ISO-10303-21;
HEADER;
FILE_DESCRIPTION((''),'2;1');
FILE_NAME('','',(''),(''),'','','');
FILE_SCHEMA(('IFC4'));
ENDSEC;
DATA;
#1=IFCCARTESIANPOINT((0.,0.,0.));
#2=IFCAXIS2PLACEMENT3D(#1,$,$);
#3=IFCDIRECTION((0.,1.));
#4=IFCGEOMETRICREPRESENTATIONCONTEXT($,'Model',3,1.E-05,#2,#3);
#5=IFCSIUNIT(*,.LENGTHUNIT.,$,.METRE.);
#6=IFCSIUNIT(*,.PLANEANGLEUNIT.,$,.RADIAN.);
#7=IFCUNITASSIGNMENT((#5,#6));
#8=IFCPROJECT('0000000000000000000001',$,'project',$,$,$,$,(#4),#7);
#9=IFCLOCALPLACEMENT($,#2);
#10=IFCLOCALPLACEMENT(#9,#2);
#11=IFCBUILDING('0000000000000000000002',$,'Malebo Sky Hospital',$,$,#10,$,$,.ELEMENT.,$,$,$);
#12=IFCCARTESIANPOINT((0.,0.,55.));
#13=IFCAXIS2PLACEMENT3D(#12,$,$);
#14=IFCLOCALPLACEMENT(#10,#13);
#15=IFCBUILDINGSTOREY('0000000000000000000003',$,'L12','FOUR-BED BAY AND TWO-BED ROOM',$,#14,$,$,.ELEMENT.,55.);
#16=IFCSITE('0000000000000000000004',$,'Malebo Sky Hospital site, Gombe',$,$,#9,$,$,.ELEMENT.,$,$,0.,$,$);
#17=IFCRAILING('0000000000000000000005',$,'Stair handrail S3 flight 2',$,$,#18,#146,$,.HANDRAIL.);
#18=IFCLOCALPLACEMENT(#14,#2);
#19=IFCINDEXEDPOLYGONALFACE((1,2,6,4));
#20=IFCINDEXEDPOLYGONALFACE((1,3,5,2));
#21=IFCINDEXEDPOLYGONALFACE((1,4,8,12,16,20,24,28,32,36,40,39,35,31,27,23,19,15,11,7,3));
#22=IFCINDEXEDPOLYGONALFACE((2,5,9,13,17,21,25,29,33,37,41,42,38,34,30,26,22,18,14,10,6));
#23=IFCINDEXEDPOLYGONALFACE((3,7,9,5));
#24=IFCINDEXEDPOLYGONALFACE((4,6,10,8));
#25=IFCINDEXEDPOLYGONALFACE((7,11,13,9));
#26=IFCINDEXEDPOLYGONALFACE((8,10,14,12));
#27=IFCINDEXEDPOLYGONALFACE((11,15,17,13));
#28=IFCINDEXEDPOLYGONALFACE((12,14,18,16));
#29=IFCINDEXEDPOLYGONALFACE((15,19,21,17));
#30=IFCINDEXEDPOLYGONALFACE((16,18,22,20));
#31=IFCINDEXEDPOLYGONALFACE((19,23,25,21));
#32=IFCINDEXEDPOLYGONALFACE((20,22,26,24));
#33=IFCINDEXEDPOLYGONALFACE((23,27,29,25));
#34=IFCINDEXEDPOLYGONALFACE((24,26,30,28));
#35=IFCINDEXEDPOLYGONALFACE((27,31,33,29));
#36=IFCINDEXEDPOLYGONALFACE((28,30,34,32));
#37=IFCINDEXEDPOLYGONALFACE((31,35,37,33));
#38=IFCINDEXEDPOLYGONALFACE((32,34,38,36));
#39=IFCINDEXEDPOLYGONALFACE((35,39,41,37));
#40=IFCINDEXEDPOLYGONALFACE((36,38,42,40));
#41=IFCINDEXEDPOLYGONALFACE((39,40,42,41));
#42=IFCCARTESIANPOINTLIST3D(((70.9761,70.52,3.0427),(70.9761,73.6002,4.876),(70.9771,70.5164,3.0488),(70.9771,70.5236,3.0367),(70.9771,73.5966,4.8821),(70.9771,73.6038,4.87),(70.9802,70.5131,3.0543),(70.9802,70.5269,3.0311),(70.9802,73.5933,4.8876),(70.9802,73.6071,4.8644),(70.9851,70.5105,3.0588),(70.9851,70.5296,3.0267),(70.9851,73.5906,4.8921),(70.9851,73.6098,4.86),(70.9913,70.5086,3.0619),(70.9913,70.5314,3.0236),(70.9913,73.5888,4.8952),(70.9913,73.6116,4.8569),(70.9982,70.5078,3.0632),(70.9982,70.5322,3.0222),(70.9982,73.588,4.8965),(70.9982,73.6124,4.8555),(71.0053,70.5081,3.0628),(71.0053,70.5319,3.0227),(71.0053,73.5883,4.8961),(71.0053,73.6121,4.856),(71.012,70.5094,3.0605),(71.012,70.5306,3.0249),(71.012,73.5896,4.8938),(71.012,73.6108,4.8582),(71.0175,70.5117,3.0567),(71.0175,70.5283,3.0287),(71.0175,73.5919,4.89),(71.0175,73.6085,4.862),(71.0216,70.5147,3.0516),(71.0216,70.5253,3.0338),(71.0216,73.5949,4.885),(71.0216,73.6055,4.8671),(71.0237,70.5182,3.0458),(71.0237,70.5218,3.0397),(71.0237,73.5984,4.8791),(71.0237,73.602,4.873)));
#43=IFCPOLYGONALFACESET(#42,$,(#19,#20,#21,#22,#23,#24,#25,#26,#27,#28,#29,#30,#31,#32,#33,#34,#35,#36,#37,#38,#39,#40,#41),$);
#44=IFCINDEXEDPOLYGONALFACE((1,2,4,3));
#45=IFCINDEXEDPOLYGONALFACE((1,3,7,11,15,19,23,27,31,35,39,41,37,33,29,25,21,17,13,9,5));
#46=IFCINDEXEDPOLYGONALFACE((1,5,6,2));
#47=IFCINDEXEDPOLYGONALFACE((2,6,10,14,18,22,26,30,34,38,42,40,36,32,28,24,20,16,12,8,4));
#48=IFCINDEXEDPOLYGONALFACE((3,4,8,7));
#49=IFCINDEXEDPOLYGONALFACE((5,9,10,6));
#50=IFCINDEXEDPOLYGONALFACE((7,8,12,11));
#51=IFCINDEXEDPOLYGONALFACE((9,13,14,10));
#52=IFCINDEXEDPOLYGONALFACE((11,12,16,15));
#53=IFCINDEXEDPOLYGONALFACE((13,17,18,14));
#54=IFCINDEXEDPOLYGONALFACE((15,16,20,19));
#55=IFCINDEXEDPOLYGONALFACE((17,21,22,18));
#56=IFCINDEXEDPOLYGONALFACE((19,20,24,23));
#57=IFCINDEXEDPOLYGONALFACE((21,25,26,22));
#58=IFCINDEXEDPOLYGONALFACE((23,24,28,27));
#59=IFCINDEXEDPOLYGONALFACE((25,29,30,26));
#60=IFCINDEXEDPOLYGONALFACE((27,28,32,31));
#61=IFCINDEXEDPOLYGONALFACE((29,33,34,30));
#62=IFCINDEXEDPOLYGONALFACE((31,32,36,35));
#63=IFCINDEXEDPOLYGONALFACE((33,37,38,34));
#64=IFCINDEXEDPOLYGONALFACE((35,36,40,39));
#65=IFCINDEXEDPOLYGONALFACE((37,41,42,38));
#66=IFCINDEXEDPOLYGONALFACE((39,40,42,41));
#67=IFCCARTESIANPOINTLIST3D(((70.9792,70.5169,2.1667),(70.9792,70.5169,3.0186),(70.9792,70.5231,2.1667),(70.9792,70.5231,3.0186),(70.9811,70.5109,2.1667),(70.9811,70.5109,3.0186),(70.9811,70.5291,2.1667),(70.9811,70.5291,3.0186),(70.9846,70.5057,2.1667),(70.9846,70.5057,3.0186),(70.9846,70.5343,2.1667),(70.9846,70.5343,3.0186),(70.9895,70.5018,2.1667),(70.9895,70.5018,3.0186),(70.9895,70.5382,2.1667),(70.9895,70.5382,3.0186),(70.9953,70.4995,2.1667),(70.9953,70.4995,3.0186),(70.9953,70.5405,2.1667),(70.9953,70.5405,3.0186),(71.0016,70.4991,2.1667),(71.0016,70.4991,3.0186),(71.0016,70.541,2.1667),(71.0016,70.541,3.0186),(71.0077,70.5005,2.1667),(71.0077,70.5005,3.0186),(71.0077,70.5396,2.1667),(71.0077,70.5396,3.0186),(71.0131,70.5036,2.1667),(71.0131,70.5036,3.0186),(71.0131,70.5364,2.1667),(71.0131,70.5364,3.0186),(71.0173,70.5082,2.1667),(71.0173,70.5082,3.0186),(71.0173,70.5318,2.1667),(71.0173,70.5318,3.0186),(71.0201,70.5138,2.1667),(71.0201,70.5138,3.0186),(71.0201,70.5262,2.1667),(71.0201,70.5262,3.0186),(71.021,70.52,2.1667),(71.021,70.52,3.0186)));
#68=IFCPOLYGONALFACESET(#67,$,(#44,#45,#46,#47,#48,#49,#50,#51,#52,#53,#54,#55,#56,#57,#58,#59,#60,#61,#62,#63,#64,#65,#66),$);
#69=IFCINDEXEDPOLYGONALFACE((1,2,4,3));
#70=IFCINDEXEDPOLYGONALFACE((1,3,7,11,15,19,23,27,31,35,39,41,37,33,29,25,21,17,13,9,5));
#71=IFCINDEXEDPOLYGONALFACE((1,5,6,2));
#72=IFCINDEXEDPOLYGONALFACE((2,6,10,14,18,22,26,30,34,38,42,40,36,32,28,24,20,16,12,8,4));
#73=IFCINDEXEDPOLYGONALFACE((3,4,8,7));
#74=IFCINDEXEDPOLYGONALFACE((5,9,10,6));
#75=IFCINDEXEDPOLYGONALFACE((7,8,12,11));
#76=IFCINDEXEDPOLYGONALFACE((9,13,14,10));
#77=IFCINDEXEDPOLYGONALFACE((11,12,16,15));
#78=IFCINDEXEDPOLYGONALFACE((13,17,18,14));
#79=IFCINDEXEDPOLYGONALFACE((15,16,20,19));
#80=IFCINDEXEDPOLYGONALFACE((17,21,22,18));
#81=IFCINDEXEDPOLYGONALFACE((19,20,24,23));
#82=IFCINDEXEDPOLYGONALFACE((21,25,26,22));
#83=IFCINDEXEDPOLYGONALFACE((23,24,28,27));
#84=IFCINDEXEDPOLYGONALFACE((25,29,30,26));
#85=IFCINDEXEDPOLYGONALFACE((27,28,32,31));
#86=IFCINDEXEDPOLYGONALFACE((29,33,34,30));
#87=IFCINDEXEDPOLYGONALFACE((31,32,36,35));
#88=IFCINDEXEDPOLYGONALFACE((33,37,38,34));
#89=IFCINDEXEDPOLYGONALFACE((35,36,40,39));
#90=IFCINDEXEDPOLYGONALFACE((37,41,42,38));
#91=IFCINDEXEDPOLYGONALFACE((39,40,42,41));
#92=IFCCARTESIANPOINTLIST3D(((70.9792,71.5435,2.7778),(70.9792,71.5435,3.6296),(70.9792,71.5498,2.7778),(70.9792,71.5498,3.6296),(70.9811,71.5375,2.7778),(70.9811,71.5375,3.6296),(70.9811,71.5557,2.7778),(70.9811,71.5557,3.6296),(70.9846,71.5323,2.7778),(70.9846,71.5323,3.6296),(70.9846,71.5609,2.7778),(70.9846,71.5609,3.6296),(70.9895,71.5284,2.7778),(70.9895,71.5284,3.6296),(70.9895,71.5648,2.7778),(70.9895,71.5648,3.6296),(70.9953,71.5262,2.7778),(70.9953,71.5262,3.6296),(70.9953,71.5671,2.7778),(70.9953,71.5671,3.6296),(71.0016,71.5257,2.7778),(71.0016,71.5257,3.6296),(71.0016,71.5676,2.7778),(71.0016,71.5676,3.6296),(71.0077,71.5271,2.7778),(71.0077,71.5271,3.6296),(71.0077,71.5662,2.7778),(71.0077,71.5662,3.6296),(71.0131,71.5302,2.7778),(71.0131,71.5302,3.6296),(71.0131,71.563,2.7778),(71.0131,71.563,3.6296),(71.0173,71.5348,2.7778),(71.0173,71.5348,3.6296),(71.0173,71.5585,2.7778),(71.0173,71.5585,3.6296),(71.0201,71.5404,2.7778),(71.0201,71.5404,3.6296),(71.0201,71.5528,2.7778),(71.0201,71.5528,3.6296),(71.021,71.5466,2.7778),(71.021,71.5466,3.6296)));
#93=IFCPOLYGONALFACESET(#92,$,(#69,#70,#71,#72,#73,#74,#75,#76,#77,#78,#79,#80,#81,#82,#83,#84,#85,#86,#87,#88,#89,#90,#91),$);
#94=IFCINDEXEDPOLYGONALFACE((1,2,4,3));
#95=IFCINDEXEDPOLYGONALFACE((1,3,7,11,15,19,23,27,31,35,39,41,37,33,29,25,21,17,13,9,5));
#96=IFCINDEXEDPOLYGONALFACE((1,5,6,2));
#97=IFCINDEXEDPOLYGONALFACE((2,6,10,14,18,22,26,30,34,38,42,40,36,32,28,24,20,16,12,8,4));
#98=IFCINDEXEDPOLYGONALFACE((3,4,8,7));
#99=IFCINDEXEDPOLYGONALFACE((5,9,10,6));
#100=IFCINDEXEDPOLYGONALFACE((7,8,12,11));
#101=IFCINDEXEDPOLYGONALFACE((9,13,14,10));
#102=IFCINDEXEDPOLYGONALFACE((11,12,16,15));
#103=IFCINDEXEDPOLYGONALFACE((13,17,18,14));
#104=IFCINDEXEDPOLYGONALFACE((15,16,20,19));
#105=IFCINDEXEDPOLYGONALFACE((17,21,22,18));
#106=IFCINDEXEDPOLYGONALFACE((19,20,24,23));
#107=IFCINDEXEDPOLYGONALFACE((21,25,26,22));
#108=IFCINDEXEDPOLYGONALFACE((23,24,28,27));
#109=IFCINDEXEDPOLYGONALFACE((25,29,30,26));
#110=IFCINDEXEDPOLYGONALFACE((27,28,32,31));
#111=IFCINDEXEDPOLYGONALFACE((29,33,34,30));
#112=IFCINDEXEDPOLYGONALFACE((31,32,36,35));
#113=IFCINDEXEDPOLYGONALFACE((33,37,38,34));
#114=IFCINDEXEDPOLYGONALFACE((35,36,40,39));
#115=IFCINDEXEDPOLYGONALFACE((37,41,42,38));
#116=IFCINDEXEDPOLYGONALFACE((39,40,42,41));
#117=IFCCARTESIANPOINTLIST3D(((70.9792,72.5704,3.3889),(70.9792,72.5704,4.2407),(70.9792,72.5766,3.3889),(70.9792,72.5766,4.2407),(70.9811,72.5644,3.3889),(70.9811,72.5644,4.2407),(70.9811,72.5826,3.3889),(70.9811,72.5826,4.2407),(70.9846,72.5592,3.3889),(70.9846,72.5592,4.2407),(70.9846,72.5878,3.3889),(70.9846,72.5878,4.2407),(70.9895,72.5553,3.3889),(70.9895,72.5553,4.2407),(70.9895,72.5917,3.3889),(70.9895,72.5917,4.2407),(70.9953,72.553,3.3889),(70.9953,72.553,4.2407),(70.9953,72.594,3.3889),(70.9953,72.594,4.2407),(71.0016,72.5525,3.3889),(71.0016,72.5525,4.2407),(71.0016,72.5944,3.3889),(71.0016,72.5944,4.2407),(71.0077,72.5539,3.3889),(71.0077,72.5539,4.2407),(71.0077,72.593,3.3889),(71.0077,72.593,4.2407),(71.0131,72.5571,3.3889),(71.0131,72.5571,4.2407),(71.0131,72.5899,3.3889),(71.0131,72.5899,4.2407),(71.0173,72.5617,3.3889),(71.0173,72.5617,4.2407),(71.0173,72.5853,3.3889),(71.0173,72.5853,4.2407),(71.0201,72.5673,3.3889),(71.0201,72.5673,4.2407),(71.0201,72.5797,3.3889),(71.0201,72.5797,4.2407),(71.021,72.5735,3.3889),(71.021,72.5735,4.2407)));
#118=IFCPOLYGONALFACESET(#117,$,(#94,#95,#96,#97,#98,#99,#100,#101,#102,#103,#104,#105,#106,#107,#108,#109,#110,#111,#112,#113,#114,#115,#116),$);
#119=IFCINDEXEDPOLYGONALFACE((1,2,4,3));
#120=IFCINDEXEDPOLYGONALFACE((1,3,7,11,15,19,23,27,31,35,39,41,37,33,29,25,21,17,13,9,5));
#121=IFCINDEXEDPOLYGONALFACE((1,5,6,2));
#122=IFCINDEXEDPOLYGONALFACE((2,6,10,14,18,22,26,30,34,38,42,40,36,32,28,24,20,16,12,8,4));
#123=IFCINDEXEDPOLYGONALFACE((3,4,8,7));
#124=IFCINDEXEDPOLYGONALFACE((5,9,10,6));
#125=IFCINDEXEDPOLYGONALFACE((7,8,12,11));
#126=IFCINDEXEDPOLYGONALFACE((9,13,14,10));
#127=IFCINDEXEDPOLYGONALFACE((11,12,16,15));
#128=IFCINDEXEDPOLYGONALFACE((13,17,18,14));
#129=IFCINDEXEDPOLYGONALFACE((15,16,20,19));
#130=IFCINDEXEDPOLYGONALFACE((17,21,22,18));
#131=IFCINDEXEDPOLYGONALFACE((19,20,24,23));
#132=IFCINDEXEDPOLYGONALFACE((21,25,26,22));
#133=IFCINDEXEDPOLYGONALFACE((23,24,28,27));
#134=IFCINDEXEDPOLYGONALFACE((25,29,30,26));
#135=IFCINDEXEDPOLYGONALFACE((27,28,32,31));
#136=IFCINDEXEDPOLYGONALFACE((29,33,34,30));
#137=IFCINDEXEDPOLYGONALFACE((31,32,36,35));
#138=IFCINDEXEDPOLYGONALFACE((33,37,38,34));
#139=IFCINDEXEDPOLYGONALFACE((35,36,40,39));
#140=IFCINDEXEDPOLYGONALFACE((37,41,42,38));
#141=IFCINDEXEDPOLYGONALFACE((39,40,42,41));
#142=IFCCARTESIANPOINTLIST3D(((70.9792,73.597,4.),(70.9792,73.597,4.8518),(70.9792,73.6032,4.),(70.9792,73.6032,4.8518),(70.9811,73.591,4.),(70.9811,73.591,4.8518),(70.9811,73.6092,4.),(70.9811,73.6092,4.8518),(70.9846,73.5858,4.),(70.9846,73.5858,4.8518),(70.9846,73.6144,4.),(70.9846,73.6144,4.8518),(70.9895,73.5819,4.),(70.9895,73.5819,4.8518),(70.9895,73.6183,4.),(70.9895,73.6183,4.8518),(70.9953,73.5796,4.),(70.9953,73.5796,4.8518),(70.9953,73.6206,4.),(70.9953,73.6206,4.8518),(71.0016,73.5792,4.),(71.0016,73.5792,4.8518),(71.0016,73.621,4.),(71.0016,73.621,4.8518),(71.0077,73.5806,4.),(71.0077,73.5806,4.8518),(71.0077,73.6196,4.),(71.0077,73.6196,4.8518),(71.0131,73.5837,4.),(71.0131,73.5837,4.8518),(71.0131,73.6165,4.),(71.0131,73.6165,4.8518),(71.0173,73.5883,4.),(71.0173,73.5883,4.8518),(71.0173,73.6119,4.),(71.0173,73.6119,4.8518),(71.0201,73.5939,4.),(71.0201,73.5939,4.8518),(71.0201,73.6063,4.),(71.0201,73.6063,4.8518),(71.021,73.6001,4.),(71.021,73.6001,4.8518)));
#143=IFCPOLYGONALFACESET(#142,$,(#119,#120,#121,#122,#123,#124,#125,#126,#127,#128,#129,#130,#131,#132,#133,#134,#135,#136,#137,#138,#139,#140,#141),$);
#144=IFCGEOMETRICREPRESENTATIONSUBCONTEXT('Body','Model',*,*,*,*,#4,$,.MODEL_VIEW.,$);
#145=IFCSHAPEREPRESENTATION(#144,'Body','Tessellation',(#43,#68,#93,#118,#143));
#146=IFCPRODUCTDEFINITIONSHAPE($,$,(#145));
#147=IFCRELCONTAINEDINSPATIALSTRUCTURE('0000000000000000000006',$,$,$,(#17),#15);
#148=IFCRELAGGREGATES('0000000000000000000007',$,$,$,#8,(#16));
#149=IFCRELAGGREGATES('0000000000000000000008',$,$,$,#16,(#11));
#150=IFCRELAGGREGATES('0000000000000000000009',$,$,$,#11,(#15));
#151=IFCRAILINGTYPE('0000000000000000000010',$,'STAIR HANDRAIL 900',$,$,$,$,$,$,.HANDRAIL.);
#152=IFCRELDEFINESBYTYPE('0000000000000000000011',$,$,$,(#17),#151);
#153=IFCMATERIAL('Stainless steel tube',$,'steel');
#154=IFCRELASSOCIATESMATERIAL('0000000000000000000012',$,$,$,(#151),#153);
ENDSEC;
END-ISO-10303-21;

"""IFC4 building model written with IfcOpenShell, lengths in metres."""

from ifc_helpers import new_model, si_unit, direction, frame, origin, origin_2d, place, context, subcontext, project, spatial, circle, extrude, material, type_object, element, save


model = new_model("IFC4")

# Units and contexts
model_context = context("Model", 3, precision=1e-05, world=origin(), true_north=direction((0.0, 1.0)))
body_context = subcontext(model_context, "Body", "Model", "MODEL_VIEW")
ifc_project = project(units=[si_unit("LENGTHUNIT", "METRE"), si_unit("PLANEANGLEUNIT", "RADIAN")], contexts=[model_context])

# Site, building, storey
site_placement = place(None, origin())
site = spatial("IfcSite", under=ifc_project, at=site_placement, Name="Malebo Sky Hospital site, Gombe", CompositionType="ELEMENT", RefElevation=0.0)
building_placement = place(site_placement, origin())
building = spatial("IfcBuilding", under=site, at=building_placement, Name="Malebo Sky Hospital", CompositionType="ELEMENT")
storey_placement = place(building_placement, frame((0.0, 0.0, 55.0)))
storey = spatial("IfcBuildingStorey", under=building, at=storey_placement, Name="L12", Description="FOUR-BED BAY AND TWO-BED ROOM", CompositionType="ELEMENT", Elevation=55.0)

# Railing
ifc_material_1 = material(Name="Stainless steel tube", Category="steel")
railing_type = type_object("IfcRailingType", Name="STAIR HANDRAIL 900", PredefinedType="HANDRAIL", material=ifc_material_1)
railing_1_placement = place(storey_placement, frame((71.0, 70.52, 2.1667)))
element("IfcRailing", 1, at=railing_1_placement, inside=storey, type_object=railing_type, Name="Stair handrail S3 flight 2", PredefinedType="HANDRAIL", context=body_context, shape_type="SweptSolid", body=[
    extrude(circle(Radius=0.0239, at=origin_2d()), frame((0.0, 0.0, 0.876), z_axis=(0.0, 0.859309, 0.511458), x_axis=(-1.0, 0.0, 0.0)), (0.0, 0.0, 1.0), 3.5845),
    extrude(circle(Radius=0.021, at=origin_2d()), origin(), (0.0, 0.0, 1.0), 0.8518),
    extrude(circle(Radius=0.021, at=origin_2d()), frame((0.0, 1.0266, 0.6111)), (0.0, 0.0, 1.0), 0.8518),
    extrude(circle(Radius=0.021, at=origin_2d()), frame((0.0, 2.0535, 1.2222)), (0.0, 0.0, 1.0), 0.8518),
    extrude(circle(Radius=0.021, at=origin_2d()), frame((0.0, 3.0801, 1.8333)), (0.0, 0.0, 1.0), 0.8518),
])

save(model, "model.ifc")
